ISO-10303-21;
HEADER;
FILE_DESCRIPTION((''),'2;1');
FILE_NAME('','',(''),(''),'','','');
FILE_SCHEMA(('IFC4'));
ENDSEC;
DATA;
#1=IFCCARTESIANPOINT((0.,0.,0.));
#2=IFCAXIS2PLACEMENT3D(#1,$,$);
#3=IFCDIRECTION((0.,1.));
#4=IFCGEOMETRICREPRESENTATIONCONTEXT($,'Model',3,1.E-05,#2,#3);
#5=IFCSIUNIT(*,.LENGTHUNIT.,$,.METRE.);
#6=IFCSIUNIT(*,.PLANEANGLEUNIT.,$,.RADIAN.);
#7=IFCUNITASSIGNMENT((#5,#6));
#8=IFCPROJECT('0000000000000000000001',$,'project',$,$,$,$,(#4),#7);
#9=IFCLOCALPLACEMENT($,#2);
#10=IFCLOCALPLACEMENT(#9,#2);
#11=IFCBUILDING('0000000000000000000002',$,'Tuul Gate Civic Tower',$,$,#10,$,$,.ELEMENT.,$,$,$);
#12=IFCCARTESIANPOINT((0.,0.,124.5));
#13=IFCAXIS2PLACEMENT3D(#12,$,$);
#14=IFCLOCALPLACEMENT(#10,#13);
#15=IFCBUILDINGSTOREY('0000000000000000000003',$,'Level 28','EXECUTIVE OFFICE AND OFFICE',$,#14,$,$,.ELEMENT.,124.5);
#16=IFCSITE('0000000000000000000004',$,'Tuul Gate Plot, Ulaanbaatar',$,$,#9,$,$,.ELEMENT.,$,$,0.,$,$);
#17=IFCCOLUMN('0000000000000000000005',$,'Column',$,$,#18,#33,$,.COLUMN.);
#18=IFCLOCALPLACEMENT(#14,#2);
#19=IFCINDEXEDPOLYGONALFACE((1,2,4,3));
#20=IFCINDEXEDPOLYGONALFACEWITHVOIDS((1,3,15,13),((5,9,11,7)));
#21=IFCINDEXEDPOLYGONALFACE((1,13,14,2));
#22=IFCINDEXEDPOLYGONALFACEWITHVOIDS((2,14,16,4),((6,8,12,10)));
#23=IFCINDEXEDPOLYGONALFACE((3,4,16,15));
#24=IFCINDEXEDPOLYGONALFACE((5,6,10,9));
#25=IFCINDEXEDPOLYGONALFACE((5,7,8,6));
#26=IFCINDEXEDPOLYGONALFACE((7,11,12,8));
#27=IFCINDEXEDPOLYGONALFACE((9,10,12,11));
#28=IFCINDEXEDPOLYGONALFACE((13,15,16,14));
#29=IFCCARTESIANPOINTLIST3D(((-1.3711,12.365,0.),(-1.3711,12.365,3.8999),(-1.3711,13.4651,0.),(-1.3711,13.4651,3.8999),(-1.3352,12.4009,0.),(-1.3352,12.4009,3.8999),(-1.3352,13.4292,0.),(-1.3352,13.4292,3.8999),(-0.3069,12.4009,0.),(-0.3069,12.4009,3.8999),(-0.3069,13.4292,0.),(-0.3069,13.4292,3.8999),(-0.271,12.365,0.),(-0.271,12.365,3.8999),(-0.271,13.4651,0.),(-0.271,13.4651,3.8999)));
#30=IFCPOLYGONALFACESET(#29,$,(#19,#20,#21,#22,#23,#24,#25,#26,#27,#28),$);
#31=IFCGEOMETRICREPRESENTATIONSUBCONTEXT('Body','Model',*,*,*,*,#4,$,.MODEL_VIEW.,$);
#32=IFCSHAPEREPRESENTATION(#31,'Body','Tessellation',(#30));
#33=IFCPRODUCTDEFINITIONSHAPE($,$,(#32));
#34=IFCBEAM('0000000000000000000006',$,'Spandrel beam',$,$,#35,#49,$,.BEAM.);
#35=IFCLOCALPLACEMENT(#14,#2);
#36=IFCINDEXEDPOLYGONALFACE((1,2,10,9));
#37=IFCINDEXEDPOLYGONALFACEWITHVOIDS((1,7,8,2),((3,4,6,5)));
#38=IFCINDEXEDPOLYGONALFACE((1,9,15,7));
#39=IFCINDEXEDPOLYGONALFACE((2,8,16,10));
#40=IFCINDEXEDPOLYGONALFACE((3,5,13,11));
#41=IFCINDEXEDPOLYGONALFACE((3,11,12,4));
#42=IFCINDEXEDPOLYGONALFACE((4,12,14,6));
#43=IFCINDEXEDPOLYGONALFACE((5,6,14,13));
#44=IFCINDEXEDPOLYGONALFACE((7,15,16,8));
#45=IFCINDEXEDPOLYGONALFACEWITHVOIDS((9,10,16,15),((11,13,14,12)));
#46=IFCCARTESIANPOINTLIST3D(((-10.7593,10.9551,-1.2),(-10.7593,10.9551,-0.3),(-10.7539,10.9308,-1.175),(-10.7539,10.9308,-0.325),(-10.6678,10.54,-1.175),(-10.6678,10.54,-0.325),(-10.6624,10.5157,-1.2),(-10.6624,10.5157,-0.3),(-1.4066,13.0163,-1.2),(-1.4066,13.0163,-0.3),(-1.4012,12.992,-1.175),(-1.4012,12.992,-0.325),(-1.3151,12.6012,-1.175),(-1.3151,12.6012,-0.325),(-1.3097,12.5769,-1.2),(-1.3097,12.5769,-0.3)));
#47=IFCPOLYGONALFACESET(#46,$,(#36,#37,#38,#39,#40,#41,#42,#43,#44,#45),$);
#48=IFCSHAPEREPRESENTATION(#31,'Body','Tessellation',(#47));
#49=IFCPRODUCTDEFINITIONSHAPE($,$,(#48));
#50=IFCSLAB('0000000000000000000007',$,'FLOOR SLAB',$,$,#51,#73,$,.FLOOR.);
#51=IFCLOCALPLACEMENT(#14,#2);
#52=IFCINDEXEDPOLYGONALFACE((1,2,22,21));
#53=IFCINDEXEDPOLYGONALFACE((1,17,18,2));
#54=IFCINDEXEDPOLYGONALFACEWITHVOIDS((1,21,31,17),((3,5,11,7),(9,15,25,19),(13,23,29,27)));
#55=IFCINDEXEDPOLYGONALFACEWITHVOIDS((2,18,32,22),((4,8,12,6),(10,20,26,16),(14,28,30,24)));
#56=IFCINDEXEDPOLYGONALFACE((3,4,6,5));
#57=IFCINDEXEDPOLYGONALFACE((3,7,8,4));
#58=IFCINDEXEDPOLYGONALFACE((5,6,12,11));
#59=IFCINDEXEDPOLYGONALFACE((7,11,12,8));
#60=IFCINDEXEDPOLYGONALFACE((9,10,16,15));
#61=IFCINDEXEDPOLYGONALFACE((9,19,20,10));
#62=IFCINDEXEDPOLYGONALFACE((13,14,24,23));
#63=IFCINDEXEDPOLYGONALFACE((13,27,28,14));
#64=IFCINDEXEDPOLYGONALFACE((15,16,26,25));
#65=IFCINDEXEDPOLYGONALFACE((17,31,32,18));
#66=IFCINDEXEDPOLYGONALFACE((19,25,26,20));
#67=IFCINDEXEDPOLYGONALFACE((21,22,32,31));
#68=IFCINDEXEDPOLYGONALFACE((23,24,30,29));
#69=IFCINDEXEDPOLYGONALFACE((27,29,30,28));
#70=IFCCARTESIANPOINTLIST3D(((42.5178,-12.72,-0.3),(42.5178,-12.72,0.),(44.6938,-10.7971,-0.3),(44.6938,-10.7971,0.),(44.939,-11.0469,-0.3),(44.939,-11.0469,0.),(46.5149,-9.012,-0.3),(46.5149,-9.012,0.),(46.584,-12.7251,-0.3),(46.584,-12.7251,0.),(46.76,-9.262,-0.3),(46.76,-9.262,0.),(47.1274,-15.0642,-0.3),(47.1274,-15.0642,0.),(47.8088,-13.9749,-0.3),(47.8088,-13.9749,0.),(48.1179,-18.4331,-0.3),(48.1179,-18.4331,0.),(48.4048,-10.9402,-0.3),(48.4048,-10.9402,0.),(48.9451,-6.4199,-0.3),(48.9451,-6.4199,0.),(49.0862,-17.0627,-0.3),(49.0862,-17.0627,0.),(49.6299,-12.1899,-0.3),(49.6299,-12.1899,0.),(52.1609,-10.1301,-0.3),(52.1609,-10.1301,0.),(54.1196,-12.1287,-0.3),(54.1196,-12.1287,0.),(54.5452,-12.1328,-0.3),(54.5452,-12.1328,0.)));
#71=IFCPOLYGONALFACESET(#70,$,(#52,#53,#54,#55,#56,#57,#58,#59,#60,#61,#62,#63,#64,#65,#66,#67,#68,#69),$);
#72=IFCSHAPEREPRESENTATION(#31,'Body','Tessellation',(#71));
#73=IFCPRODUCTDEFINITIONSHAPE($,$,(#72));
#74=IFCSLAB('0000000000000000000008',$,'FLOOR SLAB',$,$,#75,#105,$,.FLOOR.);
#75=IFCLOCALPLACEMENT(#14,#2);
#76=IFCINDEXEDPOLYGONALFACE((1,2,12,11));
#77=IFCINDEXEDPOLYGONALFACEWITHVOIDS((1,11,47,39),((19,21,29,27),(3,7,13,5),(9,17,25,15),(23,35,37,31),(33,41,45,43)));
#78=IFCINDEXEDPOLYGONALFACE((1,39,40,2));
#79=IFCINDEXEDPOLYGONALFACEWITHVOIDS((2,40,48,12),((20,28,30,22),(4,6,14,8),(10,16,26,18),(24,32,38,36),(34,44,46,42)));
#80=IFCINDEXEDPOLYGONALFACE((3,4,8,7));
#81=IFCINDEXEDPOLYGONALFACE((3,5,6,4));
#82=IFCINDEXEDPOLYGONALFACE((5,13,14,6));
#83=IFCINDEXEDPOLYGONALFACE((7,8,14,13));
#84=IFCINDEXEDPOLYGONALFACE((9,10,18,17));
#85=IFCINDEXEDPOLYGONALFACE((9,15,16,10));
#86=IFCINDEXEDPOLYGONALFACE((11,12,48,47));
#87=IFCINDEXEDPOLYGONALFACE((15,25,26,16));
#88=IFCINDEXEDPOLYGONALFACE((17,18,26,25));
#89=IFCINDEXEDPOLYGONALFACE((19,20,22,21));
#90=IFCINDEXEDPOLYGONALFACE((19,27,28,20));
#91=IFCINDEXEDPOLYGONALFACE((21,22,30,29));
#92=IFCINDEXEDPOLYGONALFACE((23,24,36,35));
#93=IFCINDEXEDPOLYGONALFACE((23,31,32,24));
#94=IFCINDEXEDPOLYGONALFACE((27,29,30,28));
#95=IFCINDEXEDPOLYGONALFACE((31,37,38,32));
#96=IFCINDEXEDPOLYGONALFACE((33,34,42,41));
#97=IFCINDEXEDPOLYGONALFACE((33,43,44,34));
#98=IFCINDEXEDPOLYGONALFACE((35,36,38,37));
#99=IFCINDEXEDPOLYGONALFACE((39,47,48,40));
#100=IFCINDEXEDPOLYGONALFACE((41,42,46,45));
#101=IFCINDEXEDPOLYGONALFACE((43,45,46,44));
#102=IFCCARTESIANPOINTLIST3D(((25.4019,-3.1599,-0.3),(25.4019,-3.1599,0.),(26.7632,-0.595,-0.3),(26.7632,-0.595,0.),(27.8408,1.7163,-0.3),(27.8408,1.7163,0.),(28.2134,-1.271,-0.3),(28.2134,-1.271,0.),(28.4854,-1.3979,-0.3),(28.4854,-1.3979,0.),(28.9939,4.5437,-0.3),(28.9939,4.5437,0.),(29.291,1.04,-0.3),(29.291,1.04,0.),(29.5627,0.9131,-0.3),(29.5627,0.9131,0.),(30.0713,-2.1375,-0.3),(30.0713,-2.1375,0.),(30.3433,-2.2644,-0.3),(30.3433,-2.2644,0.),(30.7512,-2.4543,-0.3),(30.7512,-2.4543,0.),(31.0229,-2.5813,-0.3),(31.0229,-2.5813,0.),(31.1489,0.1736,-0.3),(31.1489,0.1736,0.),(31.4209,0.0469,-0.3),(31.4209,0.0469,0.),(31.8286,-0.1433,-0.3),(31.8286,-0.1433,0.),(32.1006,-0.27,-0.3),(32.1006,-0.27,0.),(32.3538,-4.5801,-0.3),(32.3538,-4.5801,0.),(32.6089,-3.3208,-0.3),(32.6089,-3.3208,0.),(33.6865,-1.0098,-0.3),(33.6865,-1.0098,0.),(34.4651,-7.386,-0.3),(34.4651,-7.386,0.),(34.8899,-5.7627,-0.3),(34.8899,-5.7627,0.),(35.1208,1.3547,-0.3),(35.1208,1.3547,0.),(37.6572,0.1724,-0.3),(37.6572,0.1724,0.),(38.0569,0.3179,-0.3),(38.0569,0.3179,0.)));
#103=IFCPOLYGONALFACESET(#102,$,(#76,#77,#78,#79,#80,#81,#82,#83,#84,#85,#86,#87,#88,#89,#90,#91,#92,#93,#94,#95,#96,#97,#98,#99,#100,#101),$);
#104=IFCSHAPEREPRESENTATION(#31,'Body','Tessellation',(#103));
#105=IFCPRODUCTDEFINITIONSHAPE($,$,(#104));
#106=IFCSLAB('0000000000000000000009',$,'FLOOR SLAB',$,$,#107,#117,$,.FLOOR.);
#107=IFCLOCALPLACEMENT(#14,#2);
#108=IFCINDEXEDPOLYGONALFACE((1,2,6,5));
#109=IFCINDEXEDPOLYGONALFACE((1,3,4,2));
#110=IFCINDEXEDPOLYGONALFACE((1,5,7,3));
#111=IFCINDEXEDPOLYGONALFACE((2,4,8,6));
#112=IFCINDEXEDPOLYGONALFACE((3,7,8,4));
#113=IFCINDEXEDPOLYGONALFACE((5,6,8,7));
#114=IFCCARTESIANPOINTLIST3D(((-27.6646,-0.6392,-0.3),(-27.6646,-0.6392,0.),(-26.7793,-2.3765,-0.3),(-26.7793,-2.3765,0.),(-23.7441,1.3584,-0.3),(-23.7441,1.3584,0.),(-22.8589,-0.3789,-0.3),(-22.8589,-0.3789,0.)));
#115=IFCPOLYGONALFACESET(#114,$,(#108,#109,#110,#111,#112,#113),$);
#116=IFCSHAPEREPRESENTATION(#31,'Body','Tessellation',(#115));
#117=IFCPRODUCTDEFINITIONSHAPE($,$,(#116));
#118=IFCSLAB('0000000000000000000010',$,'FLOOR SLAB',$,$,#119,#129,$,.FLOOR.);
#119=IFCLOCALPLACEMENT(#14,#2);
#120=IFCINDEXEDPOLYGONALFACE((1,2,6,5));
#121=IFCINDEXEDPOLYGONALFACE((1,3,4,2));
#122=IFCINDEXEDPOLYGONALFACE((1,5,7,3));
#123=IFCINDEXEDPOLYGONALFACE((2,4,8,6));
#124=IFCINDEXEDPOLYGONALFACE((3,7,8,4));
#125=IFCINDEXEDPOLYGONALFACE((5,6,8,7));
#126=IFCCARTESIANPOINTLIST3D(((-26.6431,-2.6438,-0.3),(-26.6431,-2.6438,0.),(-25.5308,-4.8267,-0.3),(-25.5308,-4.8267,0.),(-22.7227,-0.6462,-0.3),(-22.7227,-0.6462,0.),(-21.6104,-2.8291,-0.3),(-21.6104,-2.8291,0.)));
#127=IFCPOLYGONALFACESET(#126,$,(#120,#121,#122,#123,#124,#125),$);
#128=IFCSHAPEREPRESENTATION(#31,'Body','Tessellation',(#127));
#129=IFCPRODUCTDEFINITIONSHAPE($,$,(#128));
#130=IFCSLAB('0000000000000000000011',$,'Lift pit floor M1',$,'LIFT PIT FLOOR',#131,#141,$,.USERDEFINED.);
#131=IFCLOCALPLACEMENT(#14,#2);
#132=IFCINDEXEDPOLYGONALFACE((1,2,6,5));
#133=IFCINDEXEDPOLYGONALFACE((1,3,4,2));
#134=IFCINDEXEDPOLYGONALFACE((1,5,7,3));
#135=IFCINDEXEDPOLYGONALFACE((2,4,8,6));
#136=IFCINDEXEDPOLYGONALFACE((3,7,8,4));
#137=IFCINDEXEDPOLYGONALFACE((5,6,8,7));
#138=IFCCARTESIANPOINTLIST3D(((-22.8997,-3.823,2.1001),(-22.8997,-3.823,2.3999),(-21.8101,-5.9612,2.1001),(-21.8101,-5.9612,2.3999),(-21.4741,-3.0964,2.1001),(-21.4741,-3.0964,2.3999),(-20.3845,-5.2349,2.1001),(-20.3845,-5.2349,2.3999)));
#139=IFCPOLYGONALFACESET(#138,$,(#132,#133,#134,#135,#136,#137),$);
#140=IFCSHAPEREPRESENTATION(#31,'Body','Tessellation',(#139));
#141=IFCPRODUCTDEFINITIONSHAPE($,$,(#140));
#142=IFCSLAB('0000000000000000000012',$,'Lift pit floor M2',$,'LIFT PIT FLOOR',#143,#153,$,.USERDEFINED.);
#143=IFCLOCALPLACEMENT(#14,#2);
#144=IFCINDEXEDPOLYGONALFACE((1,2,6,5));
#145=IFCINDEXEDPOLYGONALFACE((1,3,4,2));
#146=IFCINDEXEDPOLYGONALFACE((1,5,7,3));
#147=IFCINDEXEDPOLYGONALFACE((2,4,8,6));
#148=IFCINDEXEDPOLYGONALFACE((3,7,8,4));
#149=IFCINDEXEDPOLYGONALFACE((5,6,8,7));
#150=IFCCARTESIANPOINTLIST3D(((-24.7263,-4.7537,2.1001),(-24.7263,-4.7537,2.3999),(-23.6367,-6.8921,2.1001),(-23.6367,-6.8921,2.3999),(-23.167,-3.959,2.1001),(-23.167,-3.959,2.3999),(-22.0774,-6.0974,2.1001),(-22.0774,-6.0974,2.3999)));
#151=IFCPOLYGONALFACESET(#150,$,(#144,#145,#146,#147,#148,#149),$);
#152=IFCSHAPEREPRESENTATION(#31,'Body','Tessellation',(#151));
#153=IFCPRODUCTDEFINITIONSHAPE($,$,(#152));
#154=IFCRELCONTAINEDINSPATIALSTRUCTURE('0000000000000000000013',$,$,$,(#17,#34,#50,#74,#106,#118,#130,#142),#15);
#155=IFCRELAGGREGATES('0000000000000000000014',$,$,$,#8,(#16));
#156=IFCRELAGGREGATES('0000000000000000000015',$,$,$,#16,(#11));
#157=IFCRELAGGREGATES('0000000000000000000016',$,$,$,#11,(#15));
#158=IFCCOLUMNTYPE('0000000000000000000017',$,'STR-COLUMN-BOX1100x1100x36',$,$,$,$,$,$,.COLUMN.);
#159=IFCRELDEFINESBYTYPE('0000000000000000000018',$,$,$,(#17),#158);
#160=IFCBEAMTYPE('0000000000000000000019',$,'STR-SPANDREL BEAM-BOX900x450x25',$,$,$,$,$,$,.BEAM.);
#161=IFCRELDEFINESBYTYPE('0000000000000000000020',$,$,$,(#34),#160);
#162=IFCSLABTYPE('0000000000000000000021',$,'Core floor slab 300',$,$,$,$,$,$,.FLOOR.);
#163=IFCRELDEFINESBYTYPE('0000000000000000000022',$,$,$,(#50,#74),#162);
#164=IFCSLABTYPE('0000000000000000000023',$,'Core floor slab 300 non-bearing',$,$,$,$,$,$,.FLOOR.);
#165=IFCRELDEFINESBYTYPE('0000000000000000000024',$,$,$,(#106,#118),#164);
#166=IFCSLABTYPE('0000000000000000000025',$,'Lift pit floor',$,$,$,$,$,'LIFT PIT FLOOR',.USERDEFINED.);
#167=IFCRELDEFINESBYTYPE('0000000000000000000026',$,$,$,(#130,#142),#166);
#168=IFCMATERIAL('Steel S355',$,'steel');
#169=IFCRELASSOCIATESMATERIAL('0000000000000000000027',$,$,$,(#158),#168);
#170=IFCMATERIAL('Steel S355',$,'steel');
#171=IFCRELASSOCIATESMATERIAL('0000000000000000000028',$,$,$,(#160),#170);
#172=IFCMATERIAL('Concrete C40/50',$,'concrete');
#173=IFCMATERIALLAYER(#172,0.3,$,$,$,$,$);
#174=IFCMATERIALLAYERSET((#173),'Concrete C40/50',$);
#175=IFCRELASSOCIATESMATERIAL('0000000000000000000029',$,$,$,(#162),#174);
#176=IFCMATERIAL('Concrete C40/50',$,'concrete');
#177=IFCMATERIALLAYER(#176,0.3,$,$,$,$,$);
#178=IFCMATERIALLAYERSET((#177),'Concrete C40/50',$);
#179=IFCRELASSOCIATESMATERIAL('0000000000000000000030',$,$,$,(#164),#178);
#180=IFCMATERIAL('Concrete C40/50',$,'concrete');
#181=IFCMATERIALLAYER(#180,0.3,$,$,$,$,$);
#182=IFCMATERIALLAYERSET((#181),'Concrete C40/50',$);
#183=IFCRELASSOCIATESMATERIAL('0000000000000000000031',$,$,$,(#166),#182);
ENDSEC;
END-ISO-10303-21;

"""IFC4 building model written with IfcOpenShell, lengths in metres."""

from ifc_helpers import new_model, si_unit, direction, frame, origin, origin_2d, place, context, subcontext, project, spatial, polyline, hollow_rectangle, outline, extrude, material, layer, layer_set, material_profile, profile_set, type_object, element, save


model = new_model("IFC4")

# Units and contexts
model_context = context("Model", 3, precision=1e-05, world=origin(), true_north=direction((0.0, 1.0)))
body_context = subcontext(model_context, "Body", "Model", "MODEL_VIEW")
ifc_project = project(units=[si_unit("LENGTHUNIT", "METRE"), si_unit("PLANEANGLEUNIT", "RADIAN")], contexts=[model_context])

# Site, building, storey
site_placement = place(None, origin())
site = spatial("IfcSite", under=ifc_project, at=site_placement, Name="Tuul Gate Plot, Ulaanbaatar", CompositionType="ELEMENT", RefElevation=0.0)
building_placement = place(site_placement, origin())
building = spatial("IfcBuilding", under=site, at=building_placement, Name="Tuul Gate Civic Tower", CompositionType="ELEMENT")
storey_placement = place(building_placement, frame((0.0, 0.0, 124.5)))
storey = spatial("IfcBuildingStorey", under=building, at=storey_placement, Name="Level 28", Description="EXECUTIVE OFFICE AND OFFICE", CompositionType="ELEMENT", Elevation=124.5)

# Column
ifc_material_1 = material(Name="Steel S355", Category="steel")
ifc_material_profile_1 = material_profile(ifc_material_1, hollow_rectangle(XDim=1.1001, YDim=1.1001, WallThickness=0.0359, at=origin_2d()), Name="BOX1100x1100x36")
ifc_profile_set_1 = profile_set([ifc_material_profile_1], Name="Steel S355")
column_type = type_object("IfcColumnType", Name="STR-COLUMN-BOX1100x1100x36", PredefinedType="COLUMN", material=ifc_profile_set_1)
column_placement = place(storey_placement, frame((-0.821, 12.915, 0.0), z_axis=(0.0, 0.0, 1.0), x_axis=(1.0, 0.0, 0.0)))
element("IfcColumn", 1, at=column_placement, inside=storey, type_object=column_type, Name="Column", PredefinedType="COLUMN", context=body_context, shape_type="SweptSolid", body=[
    extrude(hollow_rectangle(XDim=1.1001, YDim=1.1001, WallThickness=0.0359, at=origin_2d()), origin(), (0.0, 0.0, 1.0), 3.8999),
])

# Beam
ifc_material_2 = material(Name="Steel S355", Category="steel")
ifc_material_profile_2 = material_profile(ifc_material_2, hollow_rectangle(XDim=0.45, YDim=0.8999, WallThickness=0.0249, at=origin_2d()), Name="BOX900x450x25")
ifc_profile_set_2 = profile_set([ifc_material_profile_2], Name="Steel S355")
beam_type = type_object("IfcBeamType", Name="STR-SPANDREL BEAM-BOX900x450x25", PredefinedType="BEAM", material=ifc_profile_set_2)
beam_placement = place(storey_placement, frame((-1.3582, 12.7966, -0.75), z_axis=(-0.976564, -0.215227, 0.0), x_axis=(0.215227, -0.976564, 0.0)))
element("IfcBeam", 2, at=beam_placement, inside=storey, type_object=beam_type, Name="Spandrel beam", PredefinedType="BEAM", context=body_context, shape_type="SweptSolid", body=[
    extrude(hollow_rectangle(XDim=0.45, YDim=0.8999, WallThickness=0.0249, at=origin_2d()), origin(), (0.0, 0.0, 1.0), 9.5771),
])

# Slabs
ifc_material_3 = material(Name="Concrete C40/50", Category="concrete")
ifc_layer_1 = layer(ifc_material_3, 0.3)
ifc_layer_set_1 = layer_set([ifc_layer_1], Name="Concrete C40/50")
slab_type_1 = type_object("IfcSlabType", Name="Core floor slab 300", PredefinedType="FLOOR", material=ifc_layer_set_1)
slab_1_placement = place(storey_placement, frame((0.0, 0.0, -0.3)))
element("IfcSlab", 3, at=slab_1_placement, inside=storey, type_object=slab_type_1, Name="FLOOR SLAB", PredefinedType="FLOOR", context=body_context, shape_type="SweptSolid", body=[
    extrude(outline(polyline([(48.1179, -18.4331), (54.5452, -12.1328), (48.9451, -6.4199), (42.5178, -12.72), (48.1179, -18.4331)]), holes=[polyline([(47.8088, -13.9749), (49.6299, -12.1899), (48.4048, -10.9402), (46.584, -12.7251), (47.8088, -13.9749)]), polyline([(44.939, -11.0469), (46.76, -9.262), (46.5149, -9.012), (44.6938, -10.7971), (44.939, -11.0469)]), polyline([(49.0862, -17.0627), (47.1274, -15.0642), (52.1609, -10.1301), (54.1196, -12.1287), (49.0862, -17.0627)])]), origin(), (0.0, 0.0, 1.0), 0.3),
])
slab_2_placement = place(storey_placement, frame((0.0, 0.0, -0.3)))
element("IfcSlab", 4, at=slab_2_placement, inside=storey, type_object=slab_type_1, Name="FLOOR SLAB", PredefinedType="FLOOR", context=body_context, shape_type="SweptSolid", body=[
    extrude(outline(polyline([(34.4651, -7.386), (38.0569, 0.3179), (28.9939, 4.5437), (25.4019, -3.1599), (34.4651, -7.386)]), holes=[polyline([(32.6089, -3.3208), (33.6865, -1.0098), (32.1006, -0.27), (31.0229, -2.5813), (32.6089, -3.3208)]), polyline([(30.0713, -2.1375), (31.1489, 0.1736), (29.5627, 0.9131), (28.4854, -1.3979), (30.0713, -2.1375)]), polyline([(30.7512, -2.4543), (31.8286, -0.1433), (31.4209, 0.0469), (30.3433, -2.2644), (30.7512, -2.4543)]), polyline([(28.2134, -1.271), (29.291, 1.04), (27.8408, 1.7163), (26.7632, -0.595), (28.2134, -1.271)]), polyline([(34.8899, -5.7627), (32.3538, -4.5801), (35.1208, 1.3547), (37.6572, 0.1724), (34.8899, -5.7627)])]), origin(), (0.0, 0.0, 1.0), 0.3),
])
ifc_material_4 = material(Name="Concrete C40/50", Category="concrete")
ifc_layer_2 = layer(ifc_material_4, 0.3)
ifc_layer_set_2 = layer_set([ifc_layer_2], Name="Concrete C40/50")
slab_type_2 = type_object("IfcSlabType", Name="Core floor slab 300 non-bearing", PredefinedType="FLOOR", material=ifc_layer_set_2)
slab_3_placement = place(storey_placement, frame((0.0, 0.0, -0.3)))
element("IfcSlab", 5, at=slab_3_placement, inside=storey, type_object=slab_type_2, Name="FLOOR SLAB", PredefinedType="FLOOR", context=body_context, shape_type="SweptSolid", body=[
    extrude(outline(polyline([(-27.6646, -0.6392), (-23.7441, 1.3584), (-22.8589, -0.3789), (-26.7793, -2.3765), (-27.6646, -0.6392)])), origin(), (0.0, 0.0, 1.0), 0.3),
])
slab_4_placement = place(storey_placement, frame((0.0, 0.0, -0.3)))
element("IfcSlab", 6, at=slab_4_placement, inside=storey, type_object=slab_type_2, Name="FLOOR SLAB", PredefinedType="FLOOR", context=body_context, shape_type="SweptSolid", body=[
    extrude(outline(polyline([(-26.6431, -2.6438), (-22.7227, -0.6462), (-21.6104, -2.8291), (-25.5308, -4.8267), (-26.6431, -2.6438)])), origin(), (0.0, 0.0, 1.0), 0.3),
])
ifc_material_5 = material(Name="Concrete C40/50", Category="concrete")
ifc_layer_3 = layer(ifc_material_5, 0.3)
ifc_layer_set_3 = layer_set([ifc_layer_3], Name="Concrete C40/50")
slab_type_3 = type_object("IfcSlabType", Name="Lift pit floor", ElementType="LIFT PIT FLOOR", PredefinedType="USERDEFINED", material=ifc_layer_set_3)
slab_5_placement = place(storey_placement, frame((0.0, 0.0, 2.1001)))
element("IfcSlab", 7, at=slab_5_placement, inside=storey, type_object=slab_type_3, Name="Lift pit floor M1", ObjectType="LIFT PIT FLOOR", PredefinedType="USERDEFINED", context=body_context, shape_type="SweptSolid", body=[
    extrude(outline(polyline([(-20.3845, -5.2349), (-21.4741, -3.0964), (-22.8997, -3.823), (-21.8101, -5.9612), (-20.3845, -5.2349)])), origin(), (0.0, 0.0, 1.0), 0.2998),
])
slab_6_placement = place(storey_placement, frame((0.0, 0.0, 2.1001)))
element("IfcSlab", 8, at=slab_6_placement, inside=storey, type_object=slab_type_3, Name="Lift pit floor M2", ObjectType="LIFT PIT FLOOR", PredefinedType="USERDEFINED", context=body_context, shape_type="SweptSolid", body=[
    extrude(outline(polyline([(-22.0774, -6.0974), (-23.167, -3.959), (-24.7263, -4.7537), (-23.6367, -6.8921), (-22.0774, -6.0974)])), origin(), (0.0, 0.0, 1.0), 0.2998),
])

save(model, "model.ifc")
